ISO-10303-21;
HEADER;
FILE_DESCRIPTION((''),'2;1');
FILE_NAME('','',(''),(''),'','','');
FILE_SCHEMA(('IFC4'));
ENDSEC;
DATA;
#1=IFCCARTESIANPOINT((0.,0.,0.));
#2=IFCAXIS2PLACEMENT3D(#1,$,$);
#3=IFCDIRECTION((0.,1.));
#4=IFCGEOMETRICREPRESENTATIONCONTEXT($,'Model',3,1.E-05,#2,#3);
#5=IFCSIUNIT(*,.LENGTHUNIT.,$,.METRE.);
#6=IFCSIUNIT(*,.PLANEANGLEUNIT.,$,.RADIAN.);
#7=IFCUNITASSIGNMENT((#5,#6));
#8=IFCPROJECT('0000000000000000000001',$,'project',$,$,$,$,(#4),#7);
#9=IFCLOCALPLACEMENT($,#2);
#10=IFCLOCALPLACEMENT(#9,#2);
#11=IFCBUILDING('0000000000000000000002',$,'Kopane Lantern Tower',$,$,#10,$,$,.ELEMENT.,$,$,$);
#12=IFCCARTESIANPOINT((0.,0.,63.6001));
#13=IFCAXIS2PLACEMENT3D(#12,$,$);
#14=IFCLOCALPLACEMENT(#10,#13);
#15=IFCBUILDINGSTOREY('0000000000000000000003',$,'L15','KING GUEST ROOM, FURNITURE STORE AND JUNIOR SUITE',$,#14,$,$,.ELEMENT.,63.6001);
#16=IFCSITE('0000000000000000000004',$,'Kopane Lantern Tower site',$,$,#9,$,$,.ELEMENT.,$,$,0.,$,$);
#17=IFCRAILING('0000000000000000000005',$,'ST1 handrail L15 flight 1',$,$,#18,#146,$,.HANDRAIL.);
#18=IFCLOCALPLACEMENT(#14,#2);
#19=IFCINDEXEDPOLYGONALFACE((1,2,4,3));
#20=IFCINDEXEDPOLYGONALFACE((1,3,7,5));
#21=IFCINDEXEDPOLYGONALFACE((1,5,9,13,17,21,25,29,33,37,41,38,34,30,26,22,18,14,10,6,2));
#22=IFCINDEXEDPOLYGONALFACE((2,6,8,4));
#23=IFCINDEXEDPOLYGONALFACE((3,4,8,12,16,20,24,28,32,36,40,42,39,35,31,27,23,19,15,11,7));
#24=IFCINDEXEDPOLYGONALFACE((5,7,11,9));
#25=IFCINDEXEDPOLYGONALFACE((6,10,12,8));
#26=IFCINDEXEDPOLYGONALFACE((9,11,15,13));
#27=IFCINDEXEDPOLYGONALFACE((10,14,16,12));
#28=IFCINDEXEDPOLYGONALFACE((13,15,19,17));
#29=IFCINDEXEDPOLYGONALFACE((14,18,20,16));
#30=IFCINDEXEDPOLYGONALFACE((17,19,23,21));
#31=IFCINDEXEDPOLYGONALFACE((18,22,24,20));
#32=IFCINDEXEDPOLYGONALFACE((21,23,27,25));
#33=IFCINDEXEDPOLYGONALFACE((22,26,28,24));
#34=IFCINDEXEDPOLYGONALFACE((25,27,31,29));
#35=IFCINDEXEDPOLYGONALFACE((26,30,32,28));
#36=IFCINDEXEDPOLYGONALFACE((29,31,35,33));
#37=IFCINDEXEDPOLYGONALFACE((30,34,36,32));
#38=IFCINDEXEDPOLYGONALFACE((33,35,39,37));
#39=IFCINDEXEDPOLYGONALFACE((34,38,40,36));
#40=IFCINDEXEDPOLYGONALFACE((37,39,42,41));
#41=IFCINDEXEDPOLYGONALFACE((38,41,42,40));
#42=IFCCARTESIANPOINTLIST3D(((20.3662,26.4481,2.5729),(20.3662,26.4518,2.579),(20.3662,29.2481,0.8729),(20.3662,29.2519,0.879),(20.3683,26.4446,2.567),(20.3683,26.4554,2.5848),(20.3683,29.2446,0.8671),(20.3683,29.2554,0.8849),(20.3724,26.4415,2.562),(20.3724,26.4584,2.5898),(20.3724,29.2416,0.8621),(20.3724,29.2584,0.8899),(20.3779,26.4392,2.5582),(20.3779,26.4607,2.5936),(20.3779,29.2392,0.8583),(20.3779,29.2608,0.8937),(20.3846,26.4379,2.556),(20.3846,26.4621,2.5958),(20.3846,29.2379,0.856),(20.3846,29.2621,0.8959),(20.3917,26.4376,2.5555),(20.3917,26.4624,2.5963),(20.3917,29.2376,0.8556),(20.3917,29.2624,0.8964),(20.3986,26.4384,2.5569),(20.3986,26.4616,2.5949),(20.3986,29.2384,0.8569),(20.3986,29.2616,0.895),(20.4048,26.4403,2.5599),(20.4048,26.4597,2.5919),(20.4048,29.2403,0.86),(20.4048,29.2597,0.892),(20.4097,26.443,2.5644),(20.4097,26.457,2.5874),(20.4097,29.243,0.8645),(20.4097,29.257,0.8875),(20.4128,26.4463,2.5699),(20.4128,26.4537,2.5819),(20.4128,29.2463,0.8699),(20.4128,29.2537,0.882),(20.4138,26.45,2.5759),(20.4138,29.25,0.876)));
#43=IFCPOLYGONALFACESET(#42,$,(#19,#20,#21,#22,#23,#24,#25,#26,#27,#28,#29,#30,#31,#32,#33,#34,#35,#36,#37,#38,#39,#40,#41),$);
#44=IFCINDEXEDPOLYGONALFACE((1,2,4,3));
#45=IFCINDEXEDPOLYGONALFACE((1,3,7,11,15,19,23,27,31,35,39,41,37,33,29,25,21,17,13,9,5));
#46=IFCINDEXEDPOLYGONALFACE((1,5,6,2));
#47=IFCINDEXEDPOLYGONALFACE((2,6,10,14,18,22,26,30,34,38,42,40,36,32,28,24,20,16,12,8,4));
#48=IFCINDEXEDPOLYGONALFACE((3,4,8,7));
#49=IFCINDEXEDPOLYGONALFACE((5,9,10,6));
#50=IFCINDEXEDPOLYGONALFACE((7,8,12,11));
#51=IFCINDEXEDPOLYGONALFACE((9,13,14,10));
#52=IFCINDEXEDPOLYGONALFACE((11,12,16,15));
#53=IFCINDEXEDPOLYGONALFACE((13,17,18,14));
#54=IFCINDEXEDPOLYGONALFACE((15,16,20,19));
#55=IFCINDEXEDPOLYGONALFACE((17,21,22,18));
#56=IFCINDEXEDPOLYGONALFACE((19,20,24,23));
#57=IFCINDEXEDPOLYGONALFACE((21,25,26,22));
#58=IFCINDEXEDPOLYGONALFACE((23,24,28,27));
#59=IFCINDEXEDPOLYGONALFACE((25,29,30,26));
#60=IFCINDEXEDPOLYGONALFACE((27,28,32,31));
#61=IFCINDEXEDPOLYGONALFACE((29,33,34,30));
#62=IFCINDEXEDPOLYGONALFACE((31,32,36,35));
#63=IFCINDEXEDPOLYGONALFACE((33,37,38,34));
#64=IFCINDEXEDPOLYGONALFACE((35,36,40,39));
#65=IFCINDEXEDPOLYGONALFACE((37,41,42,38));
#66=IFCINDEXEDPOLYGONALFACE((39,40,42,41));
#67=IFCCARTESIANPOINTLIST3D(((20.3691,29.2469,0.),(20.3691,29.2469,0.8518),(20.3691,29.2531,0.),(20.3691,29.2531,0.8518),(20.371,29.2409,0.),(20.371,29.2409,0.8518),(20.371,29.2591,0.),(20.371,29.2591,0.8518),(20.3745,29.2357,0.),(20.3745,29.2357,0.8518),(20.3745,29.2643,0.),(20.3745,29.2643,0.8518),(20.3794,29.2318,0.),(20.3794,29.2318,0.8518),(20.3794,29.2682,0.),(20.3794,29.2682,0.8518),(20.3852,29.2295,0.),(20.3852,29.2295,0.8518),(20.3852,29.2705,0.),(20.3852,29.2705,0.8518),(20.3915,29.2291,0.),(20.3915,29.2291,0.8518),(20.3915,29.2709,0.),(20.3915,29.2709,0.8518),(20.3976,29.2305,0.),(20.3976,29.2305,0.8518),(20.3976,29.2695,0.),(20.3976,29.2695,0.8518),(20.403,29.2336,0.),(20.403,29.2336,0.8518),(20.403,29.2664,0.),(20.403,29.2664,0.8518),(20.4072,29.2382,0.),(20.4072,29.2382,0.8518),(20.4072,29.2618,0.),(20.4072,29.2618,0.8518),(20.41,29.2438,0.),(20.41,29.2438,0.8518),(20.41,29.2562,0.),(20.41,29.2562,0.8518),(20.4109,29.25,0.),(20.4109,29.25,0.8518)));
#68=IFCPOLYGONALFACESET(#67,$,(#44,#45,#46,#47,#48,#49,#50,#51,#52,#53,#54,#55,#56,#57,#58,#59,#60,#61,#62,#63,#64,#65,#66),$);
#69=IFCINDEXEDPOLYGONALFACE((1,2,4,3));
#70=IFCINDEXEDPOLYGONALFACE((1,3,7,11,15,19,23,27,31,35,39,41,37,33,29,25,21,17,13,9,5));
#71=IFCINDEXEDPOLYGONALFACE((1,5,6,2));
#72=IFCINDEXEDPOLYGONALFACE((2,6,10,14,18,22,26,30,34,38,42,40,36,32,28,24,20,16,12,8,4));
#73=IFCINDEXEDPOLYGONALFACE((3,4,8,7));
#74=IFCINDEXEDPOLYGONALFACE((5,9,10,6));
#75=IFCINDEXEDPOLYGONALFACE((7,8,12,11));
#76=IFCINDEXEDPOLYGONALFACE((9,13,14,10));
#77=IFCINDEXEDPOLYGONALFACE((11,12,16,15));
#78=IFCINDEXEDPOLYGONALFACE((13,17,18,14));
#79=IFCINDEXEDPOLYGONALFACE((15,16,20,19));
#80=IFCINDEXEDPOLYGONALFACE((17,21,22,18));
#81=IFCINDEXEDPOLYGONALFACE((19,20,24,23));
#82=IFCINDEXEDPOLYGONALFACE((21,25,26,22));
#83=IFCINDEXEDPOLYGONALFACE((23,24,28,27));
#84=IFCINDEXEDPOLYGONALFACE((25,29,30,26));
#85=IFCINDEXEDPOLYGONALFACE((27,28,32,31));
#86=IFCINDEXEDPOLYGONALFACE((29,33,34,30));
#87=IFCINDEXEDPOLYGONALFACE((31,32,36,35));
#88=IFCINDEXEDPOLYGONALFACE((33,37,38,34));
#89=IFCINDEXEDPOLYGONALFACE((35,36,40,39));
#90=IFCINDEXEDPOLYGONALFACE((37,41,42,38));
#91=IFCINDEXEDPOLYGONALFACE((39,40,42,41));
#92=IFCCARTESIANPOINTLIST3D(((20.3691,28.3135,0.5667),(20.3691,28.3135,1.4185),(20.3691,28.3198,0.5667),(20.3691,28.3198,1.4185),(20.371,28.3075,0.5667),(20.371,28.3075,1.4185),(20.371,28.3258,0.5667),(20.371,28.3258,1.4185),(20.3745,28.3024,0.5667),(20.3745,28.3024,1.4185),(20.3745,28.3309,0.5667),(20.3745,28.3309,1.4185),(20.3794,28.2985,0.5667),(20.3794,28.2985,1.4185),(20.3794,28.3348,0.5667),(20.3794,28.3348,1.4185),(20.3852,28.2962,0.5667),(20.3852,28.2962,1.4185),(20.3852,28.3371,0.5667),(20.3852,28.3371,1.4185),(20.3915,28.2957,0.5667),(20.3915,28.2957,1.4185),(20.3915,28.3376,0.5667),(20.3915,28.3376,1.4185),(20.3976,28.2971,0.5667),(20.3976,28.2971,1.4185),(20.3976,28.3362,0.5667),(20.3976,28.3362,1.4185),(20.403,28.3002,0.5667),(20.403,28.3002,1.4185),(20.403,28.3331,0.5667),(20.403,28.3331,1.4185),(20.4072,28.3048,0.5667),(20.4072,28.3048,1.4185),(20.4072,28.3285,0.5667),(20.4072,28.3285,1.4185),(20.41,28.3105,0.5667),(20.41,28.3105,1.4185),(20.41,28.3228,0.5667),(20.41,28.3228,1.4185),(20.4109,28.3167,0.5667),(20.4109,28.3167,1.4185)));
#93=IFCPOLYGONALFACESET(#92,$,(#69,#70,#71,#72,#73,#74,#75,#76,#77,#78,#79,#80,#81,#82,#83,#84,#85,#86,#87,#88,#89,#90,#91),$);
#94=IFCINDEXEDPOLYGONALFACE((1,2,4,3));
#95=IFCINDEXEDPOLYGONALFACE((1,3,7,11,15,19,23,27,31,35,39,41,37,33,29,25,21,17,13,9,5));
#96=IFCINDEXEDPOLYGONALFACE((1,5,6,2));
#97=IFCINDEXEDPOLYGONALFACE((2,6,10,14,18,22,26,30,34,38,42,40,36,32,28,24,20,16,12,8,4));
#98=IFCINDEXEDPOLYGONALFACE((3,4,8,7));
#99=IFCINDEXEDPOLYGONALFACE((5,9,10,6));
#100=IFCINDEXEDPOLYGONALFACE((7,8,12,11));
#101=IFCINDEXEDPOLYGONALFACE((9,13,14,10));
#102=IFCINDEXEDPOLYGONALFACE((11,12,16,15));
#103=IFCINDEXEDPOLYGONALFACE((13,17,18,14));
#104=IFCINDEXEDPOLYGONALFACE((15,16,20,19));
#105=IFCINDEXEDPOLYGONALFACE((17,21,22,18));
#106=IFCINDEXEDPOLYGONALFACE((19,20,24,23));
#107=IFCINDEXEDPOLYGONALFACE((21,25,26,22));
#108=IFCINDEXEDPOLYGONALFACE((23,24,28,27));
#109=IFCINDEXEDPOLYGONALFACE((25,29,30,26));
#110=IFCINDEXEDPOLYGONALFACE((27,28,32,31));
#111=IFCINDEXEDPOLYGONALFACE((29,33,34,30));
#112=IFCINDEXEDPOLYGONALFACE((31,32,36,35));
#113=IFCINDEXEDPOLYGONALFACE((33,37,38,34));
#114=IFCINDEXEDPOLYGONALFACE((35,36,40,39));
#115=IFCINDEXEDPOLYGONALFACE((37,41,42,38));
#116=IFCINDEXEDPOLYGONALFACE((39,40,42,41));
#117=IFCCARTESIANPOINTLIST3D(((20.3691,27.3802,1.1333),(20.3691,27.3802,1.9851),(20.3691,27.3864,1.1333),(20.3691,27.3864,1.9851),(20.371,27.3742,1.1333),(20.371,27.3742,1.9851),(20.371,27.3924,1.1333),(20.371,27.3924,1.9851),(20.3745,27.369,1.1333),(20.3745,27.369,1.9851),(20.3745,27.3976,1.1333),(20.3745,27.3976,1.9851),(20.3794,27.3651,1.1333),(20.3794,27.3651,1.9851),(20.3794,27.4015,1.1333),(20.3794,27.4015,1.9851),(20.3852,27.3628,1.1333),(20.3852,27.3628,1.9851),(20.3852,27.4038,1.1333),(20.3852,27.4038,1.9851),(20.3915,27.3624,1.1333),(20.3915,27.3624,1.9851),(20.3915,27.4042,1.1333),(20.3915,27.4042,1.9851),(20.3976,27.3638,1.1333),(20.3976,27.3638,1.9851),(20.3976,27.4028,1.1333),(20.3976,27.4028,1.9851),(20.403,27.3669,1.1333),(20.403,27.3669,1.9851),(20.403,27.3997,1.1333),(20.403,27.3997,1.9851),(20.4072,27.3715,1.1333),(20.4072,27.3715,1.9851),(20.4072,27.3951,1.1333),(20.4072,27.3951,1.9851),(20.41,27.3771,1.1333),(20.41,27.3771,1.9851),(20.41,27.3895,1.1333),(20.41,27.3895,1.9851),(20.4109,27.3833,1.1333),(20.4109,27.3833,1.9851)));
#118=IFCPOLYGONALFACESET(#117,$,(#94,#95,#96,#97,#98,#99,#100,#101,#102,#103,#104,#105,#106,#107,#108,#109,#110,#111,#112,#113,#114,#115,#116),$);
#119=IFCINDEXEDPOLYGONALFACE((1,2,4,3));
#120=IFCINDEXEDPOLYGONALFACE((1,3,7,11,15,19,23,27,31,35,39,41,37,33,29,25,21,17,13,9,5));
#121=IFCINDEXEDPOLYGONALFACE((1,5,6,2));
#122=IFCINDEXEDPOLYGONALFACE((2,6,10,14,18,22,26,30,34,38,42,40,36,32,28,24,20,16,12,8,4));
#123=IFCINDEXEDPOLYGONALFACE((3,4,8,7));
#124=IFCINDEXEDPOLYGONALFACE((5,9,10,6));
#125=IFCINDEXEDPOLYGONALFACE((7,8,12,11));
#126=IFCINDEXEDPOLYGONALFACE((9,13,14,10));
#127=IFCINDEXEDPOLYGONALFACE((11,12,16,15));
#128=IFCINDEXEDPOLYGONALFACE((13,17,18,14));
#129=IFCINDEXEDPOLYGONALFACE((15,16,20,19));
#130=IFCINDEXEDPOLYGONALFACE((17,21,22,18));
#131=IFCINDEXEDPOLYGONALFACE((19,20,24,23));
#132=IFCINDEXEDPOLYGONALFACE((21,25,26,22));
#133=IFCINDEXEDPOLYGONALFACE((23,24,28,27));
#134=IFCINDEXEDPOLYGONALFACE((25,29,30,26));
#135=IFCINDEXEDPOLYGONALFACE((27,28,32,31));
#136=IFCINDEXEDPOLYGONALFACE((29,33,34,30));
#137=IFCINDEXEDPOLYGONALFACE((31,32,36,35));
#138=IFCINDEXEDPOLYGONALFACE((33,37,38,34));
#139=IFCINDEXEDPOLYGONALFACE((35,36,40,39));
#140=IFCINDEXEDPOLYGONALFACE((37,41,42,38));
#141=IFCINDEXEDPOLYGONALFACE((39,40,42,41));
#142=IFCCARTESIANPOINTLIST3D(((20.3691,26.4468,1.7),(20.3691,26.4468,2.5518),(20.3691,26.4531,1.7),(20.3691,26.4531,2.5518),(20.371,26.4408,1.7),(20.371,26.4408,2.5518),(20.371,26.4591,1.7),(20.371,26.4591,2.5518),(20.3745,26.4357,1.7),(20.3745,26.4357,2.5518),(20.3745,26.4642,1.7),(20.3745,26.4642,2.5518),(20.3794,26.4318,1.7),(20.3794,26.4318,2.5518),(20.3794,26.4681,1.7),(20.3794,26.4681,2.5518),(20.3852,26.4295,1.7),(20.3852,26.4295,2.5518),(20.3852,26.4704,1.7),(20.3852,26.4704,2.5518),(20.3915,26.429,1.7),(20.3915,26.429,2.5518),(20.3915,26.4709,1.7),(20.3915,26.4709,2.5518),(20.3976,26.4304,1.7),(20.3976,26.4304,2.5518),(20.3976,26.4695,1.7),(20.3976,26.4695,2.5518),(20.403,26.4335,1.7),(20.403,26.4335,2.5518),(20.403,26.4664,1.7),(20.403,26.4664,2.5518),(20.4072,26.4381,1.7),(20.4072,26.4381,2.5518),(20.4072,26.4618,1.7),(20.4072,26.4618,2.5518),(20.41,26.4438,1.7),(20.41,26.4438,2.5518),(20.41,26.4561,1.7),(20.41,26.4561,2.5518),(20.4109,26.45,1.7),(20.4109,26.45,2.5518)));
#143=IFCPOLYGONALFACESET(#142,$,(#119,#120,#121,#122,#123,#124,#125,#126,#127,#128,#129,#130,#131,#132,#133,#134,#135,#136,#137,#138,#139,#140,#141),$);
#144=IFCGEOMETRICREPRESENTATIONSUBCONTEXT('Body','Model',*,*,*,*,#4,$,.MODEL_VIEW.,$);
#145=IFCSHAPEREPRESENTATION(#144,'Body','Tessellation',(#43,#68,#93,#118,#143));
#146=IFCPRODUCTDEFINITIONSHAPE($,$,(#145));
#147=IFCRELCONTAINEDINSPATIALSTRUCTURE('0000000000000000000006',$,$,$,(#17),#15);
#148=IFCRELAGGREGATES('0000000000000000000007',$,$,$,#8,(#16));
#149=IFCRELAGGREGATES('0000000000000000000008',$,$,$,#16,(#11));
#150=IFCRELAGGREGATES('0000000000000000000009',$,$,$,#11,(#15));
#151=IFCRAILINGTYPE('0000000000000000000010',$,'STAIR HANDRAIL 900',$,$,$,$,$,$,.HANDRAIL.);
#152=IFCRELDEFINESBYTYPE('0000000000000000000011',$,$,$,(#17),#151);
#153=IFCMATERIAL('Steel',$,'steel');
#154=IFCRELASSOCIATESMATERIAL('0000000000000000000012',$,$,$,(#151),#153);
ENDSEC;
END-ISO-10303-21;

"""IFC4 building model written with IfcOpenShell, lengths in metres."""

from ifc_helpers import new_model, si_unit, direction, frame, origin, origin_2d, place, context, subcontext, project, spatial, circle, extrude, material, type_object, element, save


model = new_model("IFC4")

# Units and contexts
model_context = context("Model", 3, precision=1e-05, world=origin(), true_north=direction((0.0, 1.0)))
body_context = subcontext(model_context, "Body", "Model", "MODEL_VIEW")
ifc_project = project(units=[si_unit("LENGTHUNIT", "METRE"), si_unit("PLANEANGLEUNIT", "RADIAN")], contexts=[model_context])

# Site, building, storey
site_placement = place(None, origin())
site = spatial("IfcSite", under=ifc_project, at=site_placement, Name="Kopane Lantern Tower site", CompositionType="ELEMENT", RefElevation=0.0)
building_placement = place(site_placement, origin())
building = spatial("IfcBuilding", under=site, at=building_placement, Name="Kopane Lantern Tower", CompositionType="ELEMENT")
storey_placement = place(building_placement, frame((0.0, 0.0, 63.6001)))
storey = spatial("IfcBuildingStorey", under=building, at=storey_placement, Name="L15", Description="KING GUEST ROOM, FURNITURE STORE AND JUNIOR SUITE", CompositionType="ELEMENT", Elevation=63.6001)

# Railing
ifc_material_1 = material(Name="Steel", Category="steel")
railing_type_1 = type_object("IfcRailingType", Name="STAIR HANDRAIL 900", PredefinedType="HANDRAIL", material=ifc_material_1)
for number, where, name in (
    (1, (20.3899, 29.25, 0.0), "ST1 handrail L15 flight 1"),
):
    element("IfcRailing", number, at=place(storey_placement, frame(where)), inside=storey, type_object=railing_type_1, Name=name, PredefinedType="HANDRAIL", context=body_context, shape_type="SweptSolid", body=[
        extrude(circle(Radius=0.0239, at=origin_2d()), frame((0.0, 0.0, 0.876), z_axis=(0.0, -0.854798, 0.518961), x_axis=(1.0, 0.0, 0.0)), (0.0, 0.0, 1.0), 3.2756),
        extrude(circle(Radius=0.021, at=origin_2d()), origin(), (0.0, 0.0, 1.0), 0.8518),
        extrude(circle(Radius=0.021, at=origin_2d()), frame((0.0, -0.9333, 0.5667)), (0.0, 0.0, 1.0), 0.8518),
        extrude(circle(Radius=0.021, at=origin_2d()), frame((0.0, -1.8667, 1.1333)), (0.0, 0.0, 1.0), 0.8518),
        extrude(circle(Radius=0.021, at=origin_2d()), frame((0.0, -2.8, 1.7)), (0.0, 0.0, 1.0), 0.8518),
    ])

save(model, "model.ifc")
